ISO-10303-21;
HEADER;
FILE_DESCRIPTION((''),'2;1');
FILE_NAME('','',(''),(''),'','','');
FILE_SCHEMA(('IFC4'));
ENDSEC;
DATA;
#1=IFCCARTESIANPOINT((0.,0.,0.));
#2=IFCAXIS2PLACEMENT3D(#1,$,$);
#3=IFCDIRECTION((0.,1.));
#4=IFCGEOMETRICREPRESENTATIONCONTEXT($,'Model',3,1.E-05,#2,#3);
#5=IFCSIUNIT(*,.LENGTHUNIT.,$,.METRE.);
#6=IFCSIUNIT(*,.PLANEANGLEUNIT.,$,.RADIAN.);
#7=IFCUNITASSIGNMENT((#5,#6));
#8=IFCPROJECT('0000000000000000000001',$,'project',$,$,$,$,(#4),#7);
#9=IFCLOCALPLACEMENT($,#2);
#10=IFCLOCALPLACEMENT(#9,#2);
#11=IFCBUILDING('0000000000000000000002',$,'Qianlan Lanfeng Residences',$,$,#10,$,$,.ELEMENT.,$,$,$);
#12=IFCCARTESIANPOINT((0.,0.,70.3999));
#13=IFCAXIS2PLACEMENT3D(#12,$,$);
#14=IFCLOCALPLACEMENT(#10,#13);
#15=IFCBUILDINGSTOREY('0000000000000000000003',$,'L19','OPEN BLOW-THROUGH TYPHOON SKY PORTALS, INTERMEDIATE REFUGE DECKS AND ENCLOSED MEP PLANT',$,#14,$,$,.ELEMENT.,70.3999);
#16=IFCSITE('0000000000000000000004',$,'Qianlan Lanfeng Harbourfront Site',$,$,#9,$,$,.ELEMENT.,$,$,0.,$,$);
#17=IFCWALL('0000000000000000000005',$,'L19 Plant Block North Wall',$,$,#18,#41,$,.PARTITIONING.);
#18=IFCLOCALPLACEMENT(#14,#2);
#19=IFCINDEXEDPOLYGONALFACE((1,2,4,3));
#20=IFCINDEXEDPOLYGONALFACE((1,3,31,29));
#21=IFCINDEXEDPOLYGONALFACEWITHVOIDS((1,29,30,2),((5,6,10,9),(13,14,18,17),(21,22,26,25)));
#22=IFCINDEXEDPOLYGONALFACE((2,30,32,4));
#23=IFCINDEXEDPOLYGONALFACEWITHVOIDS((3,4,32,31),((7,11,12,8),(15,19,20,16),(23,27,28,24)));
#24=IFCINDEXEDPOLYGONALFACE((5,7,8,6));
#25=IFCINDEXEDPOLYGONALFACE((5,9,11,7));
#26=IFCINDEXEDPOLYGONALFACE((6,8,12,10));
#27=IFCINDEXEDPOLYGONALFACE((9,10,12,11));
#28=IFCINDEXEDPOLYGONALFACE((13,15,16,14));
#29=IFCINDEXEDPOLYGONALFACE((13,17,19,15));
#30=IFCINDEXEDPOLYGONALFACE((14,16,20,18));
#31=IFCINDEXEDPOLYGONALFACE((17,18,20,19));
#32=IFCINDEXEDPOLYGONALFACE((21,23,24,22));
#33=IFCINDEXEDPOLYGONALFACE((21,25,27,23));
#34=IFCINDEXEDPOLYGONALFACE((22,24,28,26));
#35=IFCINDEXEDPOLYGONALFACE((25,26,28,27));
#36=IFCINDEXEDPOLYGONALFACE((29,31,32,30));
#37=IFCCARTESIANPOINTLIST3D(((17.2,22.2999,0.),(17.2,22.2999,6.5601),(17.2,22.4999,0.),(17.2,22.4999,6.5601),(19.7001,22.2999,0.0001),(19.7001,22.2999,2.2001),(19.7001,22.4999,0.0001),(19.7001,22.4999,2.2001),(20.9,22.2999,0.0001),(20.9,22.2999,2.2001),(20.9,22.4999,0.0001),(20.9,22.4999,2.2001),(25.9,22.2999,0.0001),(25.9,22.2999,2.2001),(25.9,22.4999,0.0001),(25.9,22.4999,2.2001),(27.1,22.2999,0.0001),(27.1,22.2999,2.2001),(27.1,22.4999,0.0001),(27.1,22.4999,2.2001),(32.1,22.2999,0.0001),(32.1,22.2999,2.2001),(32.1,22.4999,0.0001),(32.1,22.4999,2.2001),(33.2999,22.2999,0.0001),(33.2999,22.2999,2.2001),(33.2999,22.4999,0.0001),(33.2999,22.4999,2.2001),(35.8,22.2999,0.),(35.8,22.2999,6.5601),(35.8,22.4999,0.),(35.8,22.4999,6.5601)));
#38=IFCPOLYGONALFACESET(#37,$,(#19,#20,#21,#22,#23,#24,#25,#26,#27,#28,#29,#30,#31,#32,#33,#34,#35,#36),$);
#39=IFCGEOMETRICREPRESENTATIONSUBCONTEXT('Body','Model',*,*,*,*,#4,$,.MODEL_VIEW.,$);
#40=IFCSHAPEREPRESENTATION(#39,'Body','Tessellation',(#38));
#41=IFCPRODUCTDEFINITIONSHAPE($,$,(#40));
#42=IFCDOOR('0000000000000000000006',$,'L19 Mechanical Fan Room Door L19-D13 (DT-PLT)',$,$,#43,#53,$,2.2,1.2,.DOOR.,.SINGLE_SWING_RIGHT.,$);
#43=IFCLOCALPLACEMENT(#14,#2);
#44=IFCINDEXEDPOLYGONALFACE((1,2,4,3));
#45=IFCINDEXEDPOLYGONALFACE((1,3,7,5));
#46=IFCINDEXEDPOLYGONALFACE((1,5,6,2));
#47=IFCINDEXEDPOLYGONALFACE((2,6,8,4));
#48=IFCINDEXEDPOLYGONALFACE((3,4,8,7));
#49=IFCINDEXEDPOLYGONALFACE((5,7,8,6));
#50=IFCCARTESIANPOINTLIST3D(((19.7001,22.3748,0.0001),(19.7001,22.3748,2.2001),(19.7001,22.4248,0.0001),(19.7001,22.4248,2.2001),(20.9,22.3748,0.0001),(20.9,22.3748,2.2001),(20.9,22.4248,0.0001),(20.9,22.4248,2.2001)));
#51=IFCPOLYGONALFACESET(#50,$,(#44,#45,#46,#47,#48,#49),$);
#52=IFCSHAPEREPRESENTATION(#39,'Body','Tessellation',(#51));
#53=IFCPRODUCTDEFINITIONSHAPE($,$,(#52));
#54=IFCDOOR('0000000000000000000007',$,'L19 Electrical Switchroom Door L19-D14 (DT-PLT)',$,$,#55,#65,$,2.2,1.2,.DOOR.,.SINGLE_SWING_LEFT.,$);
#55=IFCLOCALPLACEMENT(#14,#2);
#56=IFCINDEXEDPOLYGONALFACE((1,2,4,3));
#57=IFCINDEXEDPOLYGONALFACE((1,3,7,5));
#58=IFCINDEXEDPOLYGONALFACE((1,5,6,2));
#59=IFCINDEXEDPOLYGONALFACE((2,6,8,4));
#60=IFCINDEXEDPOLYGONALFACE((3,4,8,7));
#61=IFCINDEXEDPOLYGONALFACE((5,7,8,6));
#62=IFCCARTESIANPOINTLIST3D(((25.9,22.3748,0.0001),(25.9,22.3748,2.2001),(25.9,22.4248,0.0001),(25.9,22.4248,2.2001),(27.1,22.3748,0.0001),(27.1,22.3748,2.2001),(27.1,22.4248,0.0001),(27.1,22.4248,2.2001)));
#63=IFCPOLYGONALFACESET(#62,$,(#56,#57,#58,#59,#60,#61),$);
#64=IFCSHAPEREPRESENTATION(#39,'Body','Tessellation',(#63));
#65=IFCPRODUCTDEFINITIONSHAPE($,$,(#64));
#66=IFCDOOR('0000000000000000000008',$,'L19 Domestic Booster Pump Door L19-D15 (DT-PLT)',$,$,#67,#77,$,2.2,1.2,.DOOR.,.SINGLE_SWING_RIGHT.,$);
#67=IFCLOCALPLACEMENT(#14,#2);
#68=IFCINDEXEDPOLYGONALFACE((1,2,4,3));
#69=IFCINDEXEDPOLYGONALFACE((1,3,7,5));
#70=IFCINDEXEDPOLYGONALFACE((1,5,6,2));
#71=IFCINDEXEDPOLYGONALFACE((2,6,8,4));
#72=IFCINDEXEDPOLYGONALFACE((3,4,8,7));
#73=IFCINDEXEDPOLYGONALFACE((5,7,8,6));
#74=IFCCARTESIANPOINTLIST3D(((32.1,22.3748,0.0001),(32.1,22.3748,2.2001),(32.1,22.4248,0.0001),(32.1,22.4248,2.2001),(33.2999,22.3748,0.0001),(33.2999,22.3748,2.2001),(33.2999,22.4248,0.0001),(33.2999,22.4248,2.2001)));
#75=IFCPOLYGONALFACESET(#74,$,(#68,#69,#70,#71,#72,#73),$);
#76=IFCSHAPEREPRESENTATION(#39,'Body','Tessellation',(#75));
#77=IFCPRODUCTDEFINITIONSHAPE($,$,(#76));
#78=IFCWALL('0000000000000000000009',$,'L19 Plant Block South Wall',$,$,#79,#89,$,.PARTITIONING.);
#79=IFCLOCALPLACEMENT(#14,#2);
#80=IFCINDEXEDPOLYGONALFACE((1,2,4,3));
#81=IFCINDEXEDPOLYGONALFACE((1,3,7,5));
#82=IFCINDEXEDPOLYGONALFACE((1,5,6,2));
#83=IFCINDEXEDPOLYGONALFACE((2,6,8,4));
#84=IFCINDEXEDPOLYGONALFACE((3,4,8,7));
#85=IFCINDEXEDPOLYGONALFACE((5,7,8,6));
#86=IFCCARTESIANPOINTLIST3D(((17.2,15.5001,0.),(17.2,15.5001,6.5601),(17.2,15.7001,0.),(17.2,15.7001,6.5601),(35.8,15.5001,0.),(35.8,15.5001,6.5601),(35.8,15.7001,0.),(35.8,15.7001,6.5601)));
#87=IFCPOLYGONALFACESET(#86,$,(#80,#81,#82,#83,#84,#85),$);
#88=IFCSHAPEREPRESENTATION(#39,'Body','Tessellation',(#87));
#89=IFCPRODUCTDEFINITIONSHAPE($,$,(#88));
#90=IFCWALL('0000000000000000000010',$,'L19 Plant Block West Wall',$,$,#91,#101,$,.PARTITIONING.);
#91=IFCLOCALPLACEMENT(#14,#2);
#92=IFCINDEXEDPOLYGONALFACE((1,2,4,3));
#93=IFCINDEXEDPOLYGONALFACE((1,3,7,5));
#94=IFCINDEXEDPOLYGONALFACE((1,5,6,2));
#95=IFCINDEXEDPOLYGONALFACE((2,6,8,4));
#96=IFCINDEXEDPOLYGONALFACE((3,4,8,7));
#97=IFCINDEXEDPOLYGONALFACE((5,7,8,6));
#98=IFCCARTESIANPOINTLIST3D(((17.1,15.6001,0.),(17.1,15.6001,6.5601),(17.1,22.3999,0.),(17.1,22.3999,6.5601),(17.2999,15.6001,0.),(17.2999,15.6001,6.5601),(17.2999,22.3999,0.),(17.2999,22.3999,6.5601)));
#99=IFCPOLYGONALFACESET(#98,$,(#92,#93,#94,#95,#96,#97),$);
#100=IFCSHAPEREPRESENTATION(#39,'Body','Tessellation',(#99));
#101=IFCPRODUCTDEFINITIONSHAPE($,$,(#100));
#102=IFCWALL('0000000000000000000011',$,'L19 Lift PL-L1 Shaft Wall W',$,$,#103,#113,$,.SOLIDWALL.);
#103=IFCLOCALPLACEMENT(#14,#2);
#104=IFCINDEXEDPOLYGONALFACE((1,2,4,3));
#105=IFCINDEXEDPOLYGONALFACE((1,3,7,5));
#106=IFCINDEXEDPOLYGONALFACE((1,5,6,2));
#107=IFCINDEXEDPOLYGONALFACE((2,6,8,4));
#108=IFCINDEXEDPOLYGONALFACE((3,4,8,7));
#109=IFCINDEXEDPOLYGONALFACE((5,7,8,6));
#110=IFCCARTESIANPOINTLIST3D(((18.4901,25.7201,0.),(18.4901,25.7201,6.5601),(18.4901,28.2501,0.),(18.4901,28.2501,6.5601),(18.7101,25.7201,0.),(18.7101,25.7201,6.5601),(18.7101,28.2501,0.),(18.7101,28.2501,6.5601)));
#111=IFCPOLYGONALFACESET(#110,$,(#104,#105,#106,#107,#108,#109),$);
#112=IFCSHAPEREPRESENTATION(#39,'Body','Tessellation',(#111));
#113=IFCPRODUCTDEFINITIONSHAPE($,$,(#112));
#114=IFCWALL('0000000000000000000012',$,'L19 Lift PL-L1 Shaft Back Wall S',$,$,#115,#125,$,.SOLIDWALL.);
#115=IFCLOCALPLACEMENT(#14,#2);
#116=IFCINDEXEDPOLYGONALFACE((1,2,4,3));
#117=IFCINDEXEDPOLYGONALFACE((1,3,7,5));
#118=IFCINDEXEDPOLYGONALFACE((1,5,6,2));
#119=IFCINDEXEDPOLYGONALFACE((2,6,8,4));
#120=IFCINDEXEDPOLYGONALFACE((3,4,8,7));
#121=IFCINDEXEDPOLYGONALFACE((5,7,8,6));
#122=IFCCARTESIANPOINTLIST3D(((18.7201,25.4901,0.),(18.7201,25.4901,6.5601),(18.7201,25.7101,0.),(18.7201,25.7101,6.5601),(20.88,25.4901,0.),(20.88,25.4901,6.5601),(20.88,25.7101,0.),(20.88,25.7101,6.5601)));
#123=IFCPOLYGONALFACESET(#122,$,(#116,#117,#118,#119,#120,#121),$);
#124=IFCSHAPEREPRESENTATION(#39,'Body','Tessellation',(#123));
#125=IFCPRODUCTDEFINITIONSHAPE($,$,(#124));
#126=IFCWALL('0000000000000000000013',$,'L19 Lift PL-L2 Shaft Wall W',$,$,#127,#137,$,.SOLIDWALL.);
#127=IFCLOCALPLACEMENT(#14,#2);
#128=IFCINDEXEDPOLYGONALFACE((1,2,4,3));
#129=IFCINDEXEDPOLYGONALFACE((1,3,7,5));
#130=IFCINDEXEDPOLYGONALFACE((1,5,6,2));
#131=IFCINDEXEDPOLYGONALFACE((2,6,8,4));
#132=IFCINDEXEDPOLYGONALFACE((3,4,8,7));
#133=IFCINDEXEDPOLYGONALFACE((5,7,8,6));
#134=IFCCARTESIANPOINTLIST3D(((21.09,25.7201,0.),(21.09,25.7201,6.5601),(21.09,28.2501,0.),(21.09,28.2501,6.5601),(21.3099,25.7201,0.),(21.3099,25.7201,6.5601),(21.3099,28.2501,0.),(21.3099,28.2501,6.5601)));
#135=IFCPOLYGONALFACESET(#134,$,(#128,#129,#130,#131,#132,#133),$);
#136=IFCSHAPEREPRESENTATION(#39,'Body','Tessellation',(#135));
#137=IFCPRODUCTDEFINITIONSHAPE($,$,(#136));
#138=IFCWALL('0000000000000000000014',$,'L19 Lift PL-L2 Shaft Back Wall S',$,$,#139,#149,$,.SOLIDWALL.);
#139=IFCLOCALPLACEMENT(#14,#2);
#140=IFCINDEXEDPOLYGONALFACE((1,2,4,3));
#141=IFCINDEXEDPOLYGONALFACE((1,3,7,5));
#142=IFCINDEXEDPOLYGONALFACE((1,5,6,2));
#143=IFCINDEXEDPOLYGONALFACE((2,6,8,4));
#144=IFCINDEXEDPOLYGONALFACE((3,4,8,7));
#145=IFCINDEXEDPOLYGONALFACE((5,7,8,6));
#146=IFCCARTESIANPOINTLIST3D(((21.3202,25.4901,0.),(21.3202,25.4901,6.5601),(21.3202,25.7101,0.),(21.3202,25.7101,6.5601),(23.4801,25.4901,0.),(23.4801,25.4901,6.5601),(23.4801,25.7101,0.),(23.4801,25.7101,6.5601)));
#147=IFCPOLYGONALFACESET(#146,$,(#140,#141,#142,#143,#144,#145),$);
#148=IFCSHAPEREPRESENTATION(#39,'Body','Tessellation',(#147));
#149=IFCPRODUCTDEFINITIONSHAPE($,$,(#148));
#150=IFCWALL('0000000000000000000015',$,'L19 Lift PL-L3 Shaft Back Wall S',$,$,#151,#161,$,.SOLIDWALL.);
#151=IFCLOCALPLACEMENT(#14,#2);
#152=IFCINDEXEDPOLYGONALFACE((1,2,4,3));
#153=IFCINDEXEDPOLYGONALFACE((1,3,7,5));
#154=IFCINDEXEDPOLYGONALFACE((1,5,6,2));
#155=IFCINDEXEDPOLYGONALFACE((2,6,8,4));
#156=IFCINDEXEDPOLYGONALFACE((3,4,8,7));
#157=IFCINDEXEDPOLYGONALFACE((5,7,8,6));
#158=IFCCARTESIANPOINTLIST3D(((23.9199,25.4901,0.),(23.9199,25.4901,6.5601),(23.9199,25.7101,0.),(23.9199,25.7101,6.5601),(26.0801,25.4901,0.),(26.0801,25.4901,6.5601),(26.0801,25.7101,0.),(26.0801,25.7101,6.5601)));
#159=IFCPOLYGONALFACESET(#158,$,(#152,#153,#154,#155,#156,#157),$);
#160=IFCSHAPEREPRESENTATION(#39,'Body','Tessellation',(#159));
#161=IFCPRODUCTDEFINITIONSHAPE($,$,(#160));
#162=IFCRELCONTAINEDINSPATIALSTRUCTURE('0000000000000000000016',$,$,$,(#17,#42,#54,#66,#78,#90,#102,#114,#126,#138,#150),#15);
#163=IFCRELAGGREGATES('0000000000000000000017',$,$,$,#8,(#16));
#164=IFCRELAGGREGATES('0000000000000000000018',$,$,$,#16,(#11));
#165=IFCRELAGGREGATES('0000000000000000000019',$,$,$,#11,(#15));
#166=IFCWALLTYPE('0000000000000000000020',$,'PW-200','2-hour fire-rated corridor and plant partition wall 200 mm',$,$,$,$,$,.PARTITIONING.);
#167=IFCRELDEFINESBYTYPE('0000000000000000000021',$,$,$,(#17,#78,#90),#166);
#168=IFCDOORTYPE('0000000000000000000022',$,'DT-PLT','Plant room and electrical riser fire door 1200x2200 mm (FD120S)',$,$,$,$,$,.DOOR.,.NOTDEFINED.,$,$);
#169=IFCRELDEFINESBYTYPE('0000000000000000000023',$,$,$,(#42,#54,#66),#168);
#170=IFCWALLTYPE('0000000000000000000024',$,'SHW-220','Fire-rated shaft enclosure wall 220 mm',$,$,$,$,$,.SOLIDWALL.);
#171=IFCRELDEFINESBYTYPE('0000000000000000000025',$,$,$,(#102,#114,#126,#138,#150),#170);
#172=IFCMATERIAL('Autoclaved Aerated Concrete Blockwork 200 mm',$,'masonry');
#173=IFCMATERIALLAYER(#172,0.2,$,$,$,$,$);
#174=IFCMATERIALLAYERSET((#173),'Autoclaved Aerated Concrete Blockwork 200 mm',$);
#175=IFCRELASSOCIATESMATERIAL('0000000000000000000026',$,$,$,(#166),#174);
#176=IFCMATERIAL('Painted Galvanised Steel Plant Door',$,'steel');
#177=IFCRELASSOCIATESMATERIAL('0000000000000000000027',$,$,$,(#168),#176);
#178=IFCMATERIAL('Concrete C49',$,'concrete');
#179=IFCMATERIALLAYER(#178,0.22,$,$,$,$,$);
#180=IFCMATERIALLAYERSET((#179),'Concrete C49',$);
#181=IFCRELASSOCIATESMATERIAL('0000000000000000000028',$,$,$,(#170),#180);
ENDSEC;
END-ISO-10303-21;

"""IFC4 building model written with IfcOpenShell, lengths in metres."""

from ifc_helpers import new_model, si_unit, direction, frame, frame_2d, origin, place, context, subcontext, project, spatial, rectangle, extrude, material, layer, layer_set, type_object, element, fill, save


model = new_model("IFC4")

# Units and contexts
model_context = context("Model", 3, precision=1e-05, world=origin(), true_north=direction((0.0, 1.0)))
body_context = subcontext(model_context, "Body", "Model", "MODEL_VIEW")
ifc_project = project(units=[si_unit("LENGTHUNIT", "METRE"), si_unit("PLANEANGLEUNIT", "RADIAN")], contexts=[model_context])

# Site, building, storey
site_placement = place(None, origin())
site = spatial("IfcSite", under=ifc_project, at=site_placement, Name="Qianlan Lanfeng Harbourfront Site", CompositionType="ELEMENT", RefElevation=0.0)
building_placement = place(site_placement, origin())
building = spatial("IfcBuilding", under=site, at=building_placement, Name="Qianlan Lanfeng Residences", CompositionType="ELEMENT")
storey_placement = place(building_placement, frame((0.0, 0.0, 70.3999)))
storey = spatial("IfcBuildingStorey", under=building, at=storey_placement, Name="L19", Description="OPEN BLOW-THROUGH TYPHOON SKY PORTALS, INTERMEDIATE REFUGE DECKS AND ENCLOSED MEP PLANT", CompositionType="ELEMENT", Elevation=70.3999)

# Wall, openings, doors
ifc_material_1 = material(Name="Autoclaved Aerated Concrete Blockwork 200 mm", Category="masonry")
ifc_layer_1 = layer(ifc_material_1, 0.2)
ifc_layer_set_1 = layer_set([ifc_layer_1], Name="Autoclaved Aerated Concrete Blockwork 200 mm")
wall_type_1 = type_object("IfcWallType", Name="PW-200", Description="2-hour fire-rated corridor and plant partition wall 200 mm", PredefinedType="PARTITIONING", material=ifc_layer_set_1)
wall_1_placement = place(storey_placement, frame((17.2, 22.3999, 0.0), z_axis=(0.0, 0.0, 1.0), x_axis=(1.0, 0.0, 0.0)))
wall_1 = element("IfcWall", 1, at=wall_1_placement, inside=storey, type_object=wall_type_1, Name="L19 Plant Block North Wall", PredefinedType="PARTITIONING", context=body_context, shape_type="SweptSolid", body=[
    extrude(rectangle(XDim=18.6001, YDim=0.2, at=frame_2d((9.3, 0.0))), origin(), (0.0, 0.0, 1.0), 6.5601),
])
opening_1_placement = place(wall_1_placement, frame((2.5, 0.0, 0.0)))
opening_1 = element("IfcOpeningElement", 2, at=opening_1_placement, cuts=wall_1, PredefinedType="OPENING", context=body_context, shape_type="SweptSolid", body=[
    extrude(rectangle(XDim=1.2, YDim=2.2, at=frame_2d((0.6001, 1.1001))), frame((0.0, 0.1099, 0.0), z_axis=(0.0, -1.0, 0.0), x_axis=(1.0, 0.0, 0.0)), (0.0, 0.0, 1.0), 0.22),
])
opening_2_placement = place(wall_1_placement, frame((8.7, 0.0, 0.0)))
opening_2 = element("IfcOpeningElement", 3, at=opening_2_placement, cuts=wall_1, PredefinedType="OPENING", context=body_context, shape_type="SweptSolid", body=[
    extrude(rectangle(XDim=1.2, YDim=2.2, at=frame_2d((0.6001, 1.1001))), frame((0.0, 0.1099, 0.0), z_axis=(0.0, -1.0, 0.0), x_axis=(1.0, 0.0, 0.0)), (0.0, 0.0, 1.0), 0.22),
])
opening_3_placement = place(wall_1_placement, frame((14.8999, 0.0, 0.0)))
opening_3 = element("IfcOpeningElement", 4, at=opening_3_placement, cuts=wall_1, PredefinedType="OPENING", context=body_context, shape_type="SweptSolid", body=[
    extrude(rectangle(XDim=1.2, YDim=2.2, at=frame_2d((0.6001, 1.1001))), frame((0.0, 0.1099, 0.0), z_axis=(0.0, -1.0, 0.0), x_axis=(1.0, 0.0, 0.0)), (0.0, 0.0, 1.0), 0.22),
])
ifc_material_2 = material(Name="Painted Galvanised Steel Plant Door", Category="steel")
door_type_1 = type_object("IfcDoorType", Name="DT-PLT", Description="Plant room and electrical riser fire door 1200x2200 mm (FD120S)", OperationType="NOTDEFINED", PredefinedType="DOOR", material=ifc_material_2)
door_1_placement = place(opening_1_placement, origin())
door_1 = element("IfcDoor", 5, at=door_1_placement, inside=storey, type_object=door_type_1, Name="L19 Mechanical Fan Room Door L19-D13 (DT-PLT)", OperationType="SINGLE_SWING_RIGHT", OverallHeight=2.2, OverallWidth=1.2, PredefinedType="DOOR", context=body_context, shape_type="SweptSolid", body=[
    extrude(rectangle(XDim=1.2, YDim=2.2, at=frame_2d((0.6001, 1.1001))), frame((0.0, 0.0249, 0.0), z_axis=(0.0, -1.0, 0.0), x_axis=(1.0, 0.0, 0.0)), (0.0, 0.0, 1.0), 0.05),
])
fill(opening_1, door_1)
door_2_placement = place(opening_2_placement, origin())
door_2 = element("IfcDoor", 6, at=door_2_placement, inside=storey, type_object=door_type_1, Name="L19 Electrical Switchroom Door L19-D14 (DT-PLT)", OperationType="SINGLE_SWING_LEFT", OverallHeight=2.2, OverallWidth=1.2, PredefinedType="DOOR", context=body_context, shape_type="SweptSolid", body=[
    extrude(rectangle(XDim=1.2, YDim=2.2, at=frame_2d((0.6001, 1.1001))), frame((0.0, 0.0249, 0.0), z_axis=(0.0, -1.0, 0.0), x_axis=(1.0, 0.0, 0.0)), (0.0, 0.0, 1.0), 0.05),
])
fill(opening_2, door_2)
door_3_placement = place(opening_3_placement, origin())
door_3 = element("IfcDoor", 7, at=door_3_placement, inside=storey, type_object=door_type_1, Name="L19 Domestic Booster Pump Door L19-D15 (DT-PLT)", OperationType="SINGLE_SWING_RIGHT", OverallHeight=2.2, OverallWidth=1.2, PredefinedType="DOOR", context=body_context, shape_type="SweptSolid", body=[
    extrude(rectangle(XDim=1.2, YDim=2.2, at=frame_2d((0.6001, 1.1001))), frame((0.0, 0.0249, 0.0), z_axis=(0.0, -1.0, 0.0), x_axis=(1.0, 0.0, 0.0)), (0.0, 0.0, 1.0), 0.05),
])
fill(opening_3, door_3)

# Walls
wall_2_placement = place(storey_placement, frame((17.2, 15.6001, 0.0), z_axis=(0.0, 0.0, 1.0), x_axis=(1.0, 0.0, 0.0)))
element("IfcWall", 8, at=wall_2_placement, inside=storey, type_object=wall_type_1, Name="L19 Plant Block South Wall", PredefinedType="PARTITIONING", context=body_context, shape_type="SweptSolid", body=[
    extrude(rectangle(XDim=18.6001, YDim=0.2, at=frame_2d((9.3, 0.0))), origin(), (0.0, 0.0, 1.0), 6.5601),
])
wall_3_placement = place(storey_placement, frame((17.2, 15.6001, 0.0), z_axis=(0.0, 0.0, 1.0), x_axis=(0.0, 1.0, 0.0)))
element("IfcWall", 9, at=wall_3_placement, inside=storey, type_object=wall_type_1, Name="L19 Plant Block West Wall", PredefinedType="PARTITIONING", context=body_context, shape_type="SweptSolid", body=[
    extrude(rectangle(XDim=6.7998, YDim=0.2, at=frame_2d((3.3999, 0.0))), origin(), (0.0, 0.0, 1.0), 6.5601),
])
ifc_material_3 = material(Name="Concrete C49", Category="concrete")
ifc_layer_2 = layer(ifc_material_3, 0.22)
ifc_layer_set_2 = layer_set([ifc_layer_2], Name="Concrete C49")
wall_type_2 = type_object("IfcWallType", Name="SHW-220", Description="Fire-rated shaft enclosure wall 220 mm", PredefinedType="SOLIDWALL", material=ifc_layer_set_2)
wall_4_placement = place(storey_placement, frame((18.6001, 25.72, 0.0), z_axis=(0.0, 0.0, 1.0), x_axis=(0.0, 1.0, 0.0)))
element("IfcWall", 10, at=wall_4_placement, inside=storey, type_object=wall_type_2, Name="L19 Lift PL-L1 Shaft Wall W", PredefinedType="SOLIDWALL", context=body_context, shape_type="SweptSolid", body=[
    extrude(rectangle(XDim=2.53, YDim=0.22, at=frame_2d((1.2651, 0.0))), origin(), (0.0, 0.0, 1.0), 6.5601),
])
wall_5_placement = place(storey_placement, frame((18.72, 25.6001, 0.0), z_axis=(0.0, 0.0, 1.0), x_axis=(1.0, 0.0, 0.0)))
element("IfcWall", 11, at=wall_5_placement, inside=storey, type_object=wall_type_2, Name="L19 Lift PL-L1 Shaft Back Wall S", PredefinedType="SOLIDWALL", context=body_context, shape_type="SweptSolid", body=[
    extrude(rectangle(XDim=2.1599, YDim=0.22, at=frame_2d((1.0801, 0.0))), origin(), (0.0, 0.0, 1.0), 6.5601),
])
wall_6_placement = place(storey_placement, frame((21.2, 25.72, 0.0), z_axis=(0.0, 0.0, 1.0), x_axis=(0.0, 1.0, 0.0)))
element("IfcWall", 12, at=wall_6_placement, inside=storey, type_object=wall_type_2, Name="L19 Lift PL-L2 Shaft Wall W", PredefinedType="SOLIDWALL", context=body_context, shape_type="SweptSolid", body=[
    extrude(rectangle(XDim=2.53, YDim=0.22, at=frame_2d((1.2651, 0.0))), origin(), (0.0, 0.0, 1.0), 6.5601),
])
wall_7_placement = place(storey_placement, frame((21.3201, 25.6001, 0.0), z_axis=(0.0, 0.0, 1.0), x_axis=(1.0, 0.0, 0.0)))
element("IfcWall", 13, at=wall_7_placement, inside=storey, type_object=wall_type_2, Name="L19 Lift PL-L2 Shaft Back Wall S", PredefinedType="SOLIDWALL", context=body_context, shape_type="SweptSolid", body=[
    extrude(rectangle(XDim=2.1599, YDim=0.22, at=frame_2d((1.0801, 0.0))), origin(), (0.0, 0.0, 1.0), 6.5601),
])
wall_8_placement = place(storey_placement, frame((23.9199, 25.6001, 0.0), z_axis=(0.0, 0.0, 1.0), x_axis=(1.0, 0.0, 0.0)))
element("IfcWall", 14, at=wall_8_placement, inside=storey, type_object=wall_type_2, Name="L19 Lift PL-L3 Shaft Back Wall S", PredefinedType="SOLIDWALL", context=body_context, shape_type="SweptSolid", body=[
    extrude(rectangle(XDim=2.1602, YDim=0.22, at=frame_2d((1.0801, 0.0))), origin(), (0.0, 0.0, 1.0), 6.5601),
])

save(model, "model.ifc")
